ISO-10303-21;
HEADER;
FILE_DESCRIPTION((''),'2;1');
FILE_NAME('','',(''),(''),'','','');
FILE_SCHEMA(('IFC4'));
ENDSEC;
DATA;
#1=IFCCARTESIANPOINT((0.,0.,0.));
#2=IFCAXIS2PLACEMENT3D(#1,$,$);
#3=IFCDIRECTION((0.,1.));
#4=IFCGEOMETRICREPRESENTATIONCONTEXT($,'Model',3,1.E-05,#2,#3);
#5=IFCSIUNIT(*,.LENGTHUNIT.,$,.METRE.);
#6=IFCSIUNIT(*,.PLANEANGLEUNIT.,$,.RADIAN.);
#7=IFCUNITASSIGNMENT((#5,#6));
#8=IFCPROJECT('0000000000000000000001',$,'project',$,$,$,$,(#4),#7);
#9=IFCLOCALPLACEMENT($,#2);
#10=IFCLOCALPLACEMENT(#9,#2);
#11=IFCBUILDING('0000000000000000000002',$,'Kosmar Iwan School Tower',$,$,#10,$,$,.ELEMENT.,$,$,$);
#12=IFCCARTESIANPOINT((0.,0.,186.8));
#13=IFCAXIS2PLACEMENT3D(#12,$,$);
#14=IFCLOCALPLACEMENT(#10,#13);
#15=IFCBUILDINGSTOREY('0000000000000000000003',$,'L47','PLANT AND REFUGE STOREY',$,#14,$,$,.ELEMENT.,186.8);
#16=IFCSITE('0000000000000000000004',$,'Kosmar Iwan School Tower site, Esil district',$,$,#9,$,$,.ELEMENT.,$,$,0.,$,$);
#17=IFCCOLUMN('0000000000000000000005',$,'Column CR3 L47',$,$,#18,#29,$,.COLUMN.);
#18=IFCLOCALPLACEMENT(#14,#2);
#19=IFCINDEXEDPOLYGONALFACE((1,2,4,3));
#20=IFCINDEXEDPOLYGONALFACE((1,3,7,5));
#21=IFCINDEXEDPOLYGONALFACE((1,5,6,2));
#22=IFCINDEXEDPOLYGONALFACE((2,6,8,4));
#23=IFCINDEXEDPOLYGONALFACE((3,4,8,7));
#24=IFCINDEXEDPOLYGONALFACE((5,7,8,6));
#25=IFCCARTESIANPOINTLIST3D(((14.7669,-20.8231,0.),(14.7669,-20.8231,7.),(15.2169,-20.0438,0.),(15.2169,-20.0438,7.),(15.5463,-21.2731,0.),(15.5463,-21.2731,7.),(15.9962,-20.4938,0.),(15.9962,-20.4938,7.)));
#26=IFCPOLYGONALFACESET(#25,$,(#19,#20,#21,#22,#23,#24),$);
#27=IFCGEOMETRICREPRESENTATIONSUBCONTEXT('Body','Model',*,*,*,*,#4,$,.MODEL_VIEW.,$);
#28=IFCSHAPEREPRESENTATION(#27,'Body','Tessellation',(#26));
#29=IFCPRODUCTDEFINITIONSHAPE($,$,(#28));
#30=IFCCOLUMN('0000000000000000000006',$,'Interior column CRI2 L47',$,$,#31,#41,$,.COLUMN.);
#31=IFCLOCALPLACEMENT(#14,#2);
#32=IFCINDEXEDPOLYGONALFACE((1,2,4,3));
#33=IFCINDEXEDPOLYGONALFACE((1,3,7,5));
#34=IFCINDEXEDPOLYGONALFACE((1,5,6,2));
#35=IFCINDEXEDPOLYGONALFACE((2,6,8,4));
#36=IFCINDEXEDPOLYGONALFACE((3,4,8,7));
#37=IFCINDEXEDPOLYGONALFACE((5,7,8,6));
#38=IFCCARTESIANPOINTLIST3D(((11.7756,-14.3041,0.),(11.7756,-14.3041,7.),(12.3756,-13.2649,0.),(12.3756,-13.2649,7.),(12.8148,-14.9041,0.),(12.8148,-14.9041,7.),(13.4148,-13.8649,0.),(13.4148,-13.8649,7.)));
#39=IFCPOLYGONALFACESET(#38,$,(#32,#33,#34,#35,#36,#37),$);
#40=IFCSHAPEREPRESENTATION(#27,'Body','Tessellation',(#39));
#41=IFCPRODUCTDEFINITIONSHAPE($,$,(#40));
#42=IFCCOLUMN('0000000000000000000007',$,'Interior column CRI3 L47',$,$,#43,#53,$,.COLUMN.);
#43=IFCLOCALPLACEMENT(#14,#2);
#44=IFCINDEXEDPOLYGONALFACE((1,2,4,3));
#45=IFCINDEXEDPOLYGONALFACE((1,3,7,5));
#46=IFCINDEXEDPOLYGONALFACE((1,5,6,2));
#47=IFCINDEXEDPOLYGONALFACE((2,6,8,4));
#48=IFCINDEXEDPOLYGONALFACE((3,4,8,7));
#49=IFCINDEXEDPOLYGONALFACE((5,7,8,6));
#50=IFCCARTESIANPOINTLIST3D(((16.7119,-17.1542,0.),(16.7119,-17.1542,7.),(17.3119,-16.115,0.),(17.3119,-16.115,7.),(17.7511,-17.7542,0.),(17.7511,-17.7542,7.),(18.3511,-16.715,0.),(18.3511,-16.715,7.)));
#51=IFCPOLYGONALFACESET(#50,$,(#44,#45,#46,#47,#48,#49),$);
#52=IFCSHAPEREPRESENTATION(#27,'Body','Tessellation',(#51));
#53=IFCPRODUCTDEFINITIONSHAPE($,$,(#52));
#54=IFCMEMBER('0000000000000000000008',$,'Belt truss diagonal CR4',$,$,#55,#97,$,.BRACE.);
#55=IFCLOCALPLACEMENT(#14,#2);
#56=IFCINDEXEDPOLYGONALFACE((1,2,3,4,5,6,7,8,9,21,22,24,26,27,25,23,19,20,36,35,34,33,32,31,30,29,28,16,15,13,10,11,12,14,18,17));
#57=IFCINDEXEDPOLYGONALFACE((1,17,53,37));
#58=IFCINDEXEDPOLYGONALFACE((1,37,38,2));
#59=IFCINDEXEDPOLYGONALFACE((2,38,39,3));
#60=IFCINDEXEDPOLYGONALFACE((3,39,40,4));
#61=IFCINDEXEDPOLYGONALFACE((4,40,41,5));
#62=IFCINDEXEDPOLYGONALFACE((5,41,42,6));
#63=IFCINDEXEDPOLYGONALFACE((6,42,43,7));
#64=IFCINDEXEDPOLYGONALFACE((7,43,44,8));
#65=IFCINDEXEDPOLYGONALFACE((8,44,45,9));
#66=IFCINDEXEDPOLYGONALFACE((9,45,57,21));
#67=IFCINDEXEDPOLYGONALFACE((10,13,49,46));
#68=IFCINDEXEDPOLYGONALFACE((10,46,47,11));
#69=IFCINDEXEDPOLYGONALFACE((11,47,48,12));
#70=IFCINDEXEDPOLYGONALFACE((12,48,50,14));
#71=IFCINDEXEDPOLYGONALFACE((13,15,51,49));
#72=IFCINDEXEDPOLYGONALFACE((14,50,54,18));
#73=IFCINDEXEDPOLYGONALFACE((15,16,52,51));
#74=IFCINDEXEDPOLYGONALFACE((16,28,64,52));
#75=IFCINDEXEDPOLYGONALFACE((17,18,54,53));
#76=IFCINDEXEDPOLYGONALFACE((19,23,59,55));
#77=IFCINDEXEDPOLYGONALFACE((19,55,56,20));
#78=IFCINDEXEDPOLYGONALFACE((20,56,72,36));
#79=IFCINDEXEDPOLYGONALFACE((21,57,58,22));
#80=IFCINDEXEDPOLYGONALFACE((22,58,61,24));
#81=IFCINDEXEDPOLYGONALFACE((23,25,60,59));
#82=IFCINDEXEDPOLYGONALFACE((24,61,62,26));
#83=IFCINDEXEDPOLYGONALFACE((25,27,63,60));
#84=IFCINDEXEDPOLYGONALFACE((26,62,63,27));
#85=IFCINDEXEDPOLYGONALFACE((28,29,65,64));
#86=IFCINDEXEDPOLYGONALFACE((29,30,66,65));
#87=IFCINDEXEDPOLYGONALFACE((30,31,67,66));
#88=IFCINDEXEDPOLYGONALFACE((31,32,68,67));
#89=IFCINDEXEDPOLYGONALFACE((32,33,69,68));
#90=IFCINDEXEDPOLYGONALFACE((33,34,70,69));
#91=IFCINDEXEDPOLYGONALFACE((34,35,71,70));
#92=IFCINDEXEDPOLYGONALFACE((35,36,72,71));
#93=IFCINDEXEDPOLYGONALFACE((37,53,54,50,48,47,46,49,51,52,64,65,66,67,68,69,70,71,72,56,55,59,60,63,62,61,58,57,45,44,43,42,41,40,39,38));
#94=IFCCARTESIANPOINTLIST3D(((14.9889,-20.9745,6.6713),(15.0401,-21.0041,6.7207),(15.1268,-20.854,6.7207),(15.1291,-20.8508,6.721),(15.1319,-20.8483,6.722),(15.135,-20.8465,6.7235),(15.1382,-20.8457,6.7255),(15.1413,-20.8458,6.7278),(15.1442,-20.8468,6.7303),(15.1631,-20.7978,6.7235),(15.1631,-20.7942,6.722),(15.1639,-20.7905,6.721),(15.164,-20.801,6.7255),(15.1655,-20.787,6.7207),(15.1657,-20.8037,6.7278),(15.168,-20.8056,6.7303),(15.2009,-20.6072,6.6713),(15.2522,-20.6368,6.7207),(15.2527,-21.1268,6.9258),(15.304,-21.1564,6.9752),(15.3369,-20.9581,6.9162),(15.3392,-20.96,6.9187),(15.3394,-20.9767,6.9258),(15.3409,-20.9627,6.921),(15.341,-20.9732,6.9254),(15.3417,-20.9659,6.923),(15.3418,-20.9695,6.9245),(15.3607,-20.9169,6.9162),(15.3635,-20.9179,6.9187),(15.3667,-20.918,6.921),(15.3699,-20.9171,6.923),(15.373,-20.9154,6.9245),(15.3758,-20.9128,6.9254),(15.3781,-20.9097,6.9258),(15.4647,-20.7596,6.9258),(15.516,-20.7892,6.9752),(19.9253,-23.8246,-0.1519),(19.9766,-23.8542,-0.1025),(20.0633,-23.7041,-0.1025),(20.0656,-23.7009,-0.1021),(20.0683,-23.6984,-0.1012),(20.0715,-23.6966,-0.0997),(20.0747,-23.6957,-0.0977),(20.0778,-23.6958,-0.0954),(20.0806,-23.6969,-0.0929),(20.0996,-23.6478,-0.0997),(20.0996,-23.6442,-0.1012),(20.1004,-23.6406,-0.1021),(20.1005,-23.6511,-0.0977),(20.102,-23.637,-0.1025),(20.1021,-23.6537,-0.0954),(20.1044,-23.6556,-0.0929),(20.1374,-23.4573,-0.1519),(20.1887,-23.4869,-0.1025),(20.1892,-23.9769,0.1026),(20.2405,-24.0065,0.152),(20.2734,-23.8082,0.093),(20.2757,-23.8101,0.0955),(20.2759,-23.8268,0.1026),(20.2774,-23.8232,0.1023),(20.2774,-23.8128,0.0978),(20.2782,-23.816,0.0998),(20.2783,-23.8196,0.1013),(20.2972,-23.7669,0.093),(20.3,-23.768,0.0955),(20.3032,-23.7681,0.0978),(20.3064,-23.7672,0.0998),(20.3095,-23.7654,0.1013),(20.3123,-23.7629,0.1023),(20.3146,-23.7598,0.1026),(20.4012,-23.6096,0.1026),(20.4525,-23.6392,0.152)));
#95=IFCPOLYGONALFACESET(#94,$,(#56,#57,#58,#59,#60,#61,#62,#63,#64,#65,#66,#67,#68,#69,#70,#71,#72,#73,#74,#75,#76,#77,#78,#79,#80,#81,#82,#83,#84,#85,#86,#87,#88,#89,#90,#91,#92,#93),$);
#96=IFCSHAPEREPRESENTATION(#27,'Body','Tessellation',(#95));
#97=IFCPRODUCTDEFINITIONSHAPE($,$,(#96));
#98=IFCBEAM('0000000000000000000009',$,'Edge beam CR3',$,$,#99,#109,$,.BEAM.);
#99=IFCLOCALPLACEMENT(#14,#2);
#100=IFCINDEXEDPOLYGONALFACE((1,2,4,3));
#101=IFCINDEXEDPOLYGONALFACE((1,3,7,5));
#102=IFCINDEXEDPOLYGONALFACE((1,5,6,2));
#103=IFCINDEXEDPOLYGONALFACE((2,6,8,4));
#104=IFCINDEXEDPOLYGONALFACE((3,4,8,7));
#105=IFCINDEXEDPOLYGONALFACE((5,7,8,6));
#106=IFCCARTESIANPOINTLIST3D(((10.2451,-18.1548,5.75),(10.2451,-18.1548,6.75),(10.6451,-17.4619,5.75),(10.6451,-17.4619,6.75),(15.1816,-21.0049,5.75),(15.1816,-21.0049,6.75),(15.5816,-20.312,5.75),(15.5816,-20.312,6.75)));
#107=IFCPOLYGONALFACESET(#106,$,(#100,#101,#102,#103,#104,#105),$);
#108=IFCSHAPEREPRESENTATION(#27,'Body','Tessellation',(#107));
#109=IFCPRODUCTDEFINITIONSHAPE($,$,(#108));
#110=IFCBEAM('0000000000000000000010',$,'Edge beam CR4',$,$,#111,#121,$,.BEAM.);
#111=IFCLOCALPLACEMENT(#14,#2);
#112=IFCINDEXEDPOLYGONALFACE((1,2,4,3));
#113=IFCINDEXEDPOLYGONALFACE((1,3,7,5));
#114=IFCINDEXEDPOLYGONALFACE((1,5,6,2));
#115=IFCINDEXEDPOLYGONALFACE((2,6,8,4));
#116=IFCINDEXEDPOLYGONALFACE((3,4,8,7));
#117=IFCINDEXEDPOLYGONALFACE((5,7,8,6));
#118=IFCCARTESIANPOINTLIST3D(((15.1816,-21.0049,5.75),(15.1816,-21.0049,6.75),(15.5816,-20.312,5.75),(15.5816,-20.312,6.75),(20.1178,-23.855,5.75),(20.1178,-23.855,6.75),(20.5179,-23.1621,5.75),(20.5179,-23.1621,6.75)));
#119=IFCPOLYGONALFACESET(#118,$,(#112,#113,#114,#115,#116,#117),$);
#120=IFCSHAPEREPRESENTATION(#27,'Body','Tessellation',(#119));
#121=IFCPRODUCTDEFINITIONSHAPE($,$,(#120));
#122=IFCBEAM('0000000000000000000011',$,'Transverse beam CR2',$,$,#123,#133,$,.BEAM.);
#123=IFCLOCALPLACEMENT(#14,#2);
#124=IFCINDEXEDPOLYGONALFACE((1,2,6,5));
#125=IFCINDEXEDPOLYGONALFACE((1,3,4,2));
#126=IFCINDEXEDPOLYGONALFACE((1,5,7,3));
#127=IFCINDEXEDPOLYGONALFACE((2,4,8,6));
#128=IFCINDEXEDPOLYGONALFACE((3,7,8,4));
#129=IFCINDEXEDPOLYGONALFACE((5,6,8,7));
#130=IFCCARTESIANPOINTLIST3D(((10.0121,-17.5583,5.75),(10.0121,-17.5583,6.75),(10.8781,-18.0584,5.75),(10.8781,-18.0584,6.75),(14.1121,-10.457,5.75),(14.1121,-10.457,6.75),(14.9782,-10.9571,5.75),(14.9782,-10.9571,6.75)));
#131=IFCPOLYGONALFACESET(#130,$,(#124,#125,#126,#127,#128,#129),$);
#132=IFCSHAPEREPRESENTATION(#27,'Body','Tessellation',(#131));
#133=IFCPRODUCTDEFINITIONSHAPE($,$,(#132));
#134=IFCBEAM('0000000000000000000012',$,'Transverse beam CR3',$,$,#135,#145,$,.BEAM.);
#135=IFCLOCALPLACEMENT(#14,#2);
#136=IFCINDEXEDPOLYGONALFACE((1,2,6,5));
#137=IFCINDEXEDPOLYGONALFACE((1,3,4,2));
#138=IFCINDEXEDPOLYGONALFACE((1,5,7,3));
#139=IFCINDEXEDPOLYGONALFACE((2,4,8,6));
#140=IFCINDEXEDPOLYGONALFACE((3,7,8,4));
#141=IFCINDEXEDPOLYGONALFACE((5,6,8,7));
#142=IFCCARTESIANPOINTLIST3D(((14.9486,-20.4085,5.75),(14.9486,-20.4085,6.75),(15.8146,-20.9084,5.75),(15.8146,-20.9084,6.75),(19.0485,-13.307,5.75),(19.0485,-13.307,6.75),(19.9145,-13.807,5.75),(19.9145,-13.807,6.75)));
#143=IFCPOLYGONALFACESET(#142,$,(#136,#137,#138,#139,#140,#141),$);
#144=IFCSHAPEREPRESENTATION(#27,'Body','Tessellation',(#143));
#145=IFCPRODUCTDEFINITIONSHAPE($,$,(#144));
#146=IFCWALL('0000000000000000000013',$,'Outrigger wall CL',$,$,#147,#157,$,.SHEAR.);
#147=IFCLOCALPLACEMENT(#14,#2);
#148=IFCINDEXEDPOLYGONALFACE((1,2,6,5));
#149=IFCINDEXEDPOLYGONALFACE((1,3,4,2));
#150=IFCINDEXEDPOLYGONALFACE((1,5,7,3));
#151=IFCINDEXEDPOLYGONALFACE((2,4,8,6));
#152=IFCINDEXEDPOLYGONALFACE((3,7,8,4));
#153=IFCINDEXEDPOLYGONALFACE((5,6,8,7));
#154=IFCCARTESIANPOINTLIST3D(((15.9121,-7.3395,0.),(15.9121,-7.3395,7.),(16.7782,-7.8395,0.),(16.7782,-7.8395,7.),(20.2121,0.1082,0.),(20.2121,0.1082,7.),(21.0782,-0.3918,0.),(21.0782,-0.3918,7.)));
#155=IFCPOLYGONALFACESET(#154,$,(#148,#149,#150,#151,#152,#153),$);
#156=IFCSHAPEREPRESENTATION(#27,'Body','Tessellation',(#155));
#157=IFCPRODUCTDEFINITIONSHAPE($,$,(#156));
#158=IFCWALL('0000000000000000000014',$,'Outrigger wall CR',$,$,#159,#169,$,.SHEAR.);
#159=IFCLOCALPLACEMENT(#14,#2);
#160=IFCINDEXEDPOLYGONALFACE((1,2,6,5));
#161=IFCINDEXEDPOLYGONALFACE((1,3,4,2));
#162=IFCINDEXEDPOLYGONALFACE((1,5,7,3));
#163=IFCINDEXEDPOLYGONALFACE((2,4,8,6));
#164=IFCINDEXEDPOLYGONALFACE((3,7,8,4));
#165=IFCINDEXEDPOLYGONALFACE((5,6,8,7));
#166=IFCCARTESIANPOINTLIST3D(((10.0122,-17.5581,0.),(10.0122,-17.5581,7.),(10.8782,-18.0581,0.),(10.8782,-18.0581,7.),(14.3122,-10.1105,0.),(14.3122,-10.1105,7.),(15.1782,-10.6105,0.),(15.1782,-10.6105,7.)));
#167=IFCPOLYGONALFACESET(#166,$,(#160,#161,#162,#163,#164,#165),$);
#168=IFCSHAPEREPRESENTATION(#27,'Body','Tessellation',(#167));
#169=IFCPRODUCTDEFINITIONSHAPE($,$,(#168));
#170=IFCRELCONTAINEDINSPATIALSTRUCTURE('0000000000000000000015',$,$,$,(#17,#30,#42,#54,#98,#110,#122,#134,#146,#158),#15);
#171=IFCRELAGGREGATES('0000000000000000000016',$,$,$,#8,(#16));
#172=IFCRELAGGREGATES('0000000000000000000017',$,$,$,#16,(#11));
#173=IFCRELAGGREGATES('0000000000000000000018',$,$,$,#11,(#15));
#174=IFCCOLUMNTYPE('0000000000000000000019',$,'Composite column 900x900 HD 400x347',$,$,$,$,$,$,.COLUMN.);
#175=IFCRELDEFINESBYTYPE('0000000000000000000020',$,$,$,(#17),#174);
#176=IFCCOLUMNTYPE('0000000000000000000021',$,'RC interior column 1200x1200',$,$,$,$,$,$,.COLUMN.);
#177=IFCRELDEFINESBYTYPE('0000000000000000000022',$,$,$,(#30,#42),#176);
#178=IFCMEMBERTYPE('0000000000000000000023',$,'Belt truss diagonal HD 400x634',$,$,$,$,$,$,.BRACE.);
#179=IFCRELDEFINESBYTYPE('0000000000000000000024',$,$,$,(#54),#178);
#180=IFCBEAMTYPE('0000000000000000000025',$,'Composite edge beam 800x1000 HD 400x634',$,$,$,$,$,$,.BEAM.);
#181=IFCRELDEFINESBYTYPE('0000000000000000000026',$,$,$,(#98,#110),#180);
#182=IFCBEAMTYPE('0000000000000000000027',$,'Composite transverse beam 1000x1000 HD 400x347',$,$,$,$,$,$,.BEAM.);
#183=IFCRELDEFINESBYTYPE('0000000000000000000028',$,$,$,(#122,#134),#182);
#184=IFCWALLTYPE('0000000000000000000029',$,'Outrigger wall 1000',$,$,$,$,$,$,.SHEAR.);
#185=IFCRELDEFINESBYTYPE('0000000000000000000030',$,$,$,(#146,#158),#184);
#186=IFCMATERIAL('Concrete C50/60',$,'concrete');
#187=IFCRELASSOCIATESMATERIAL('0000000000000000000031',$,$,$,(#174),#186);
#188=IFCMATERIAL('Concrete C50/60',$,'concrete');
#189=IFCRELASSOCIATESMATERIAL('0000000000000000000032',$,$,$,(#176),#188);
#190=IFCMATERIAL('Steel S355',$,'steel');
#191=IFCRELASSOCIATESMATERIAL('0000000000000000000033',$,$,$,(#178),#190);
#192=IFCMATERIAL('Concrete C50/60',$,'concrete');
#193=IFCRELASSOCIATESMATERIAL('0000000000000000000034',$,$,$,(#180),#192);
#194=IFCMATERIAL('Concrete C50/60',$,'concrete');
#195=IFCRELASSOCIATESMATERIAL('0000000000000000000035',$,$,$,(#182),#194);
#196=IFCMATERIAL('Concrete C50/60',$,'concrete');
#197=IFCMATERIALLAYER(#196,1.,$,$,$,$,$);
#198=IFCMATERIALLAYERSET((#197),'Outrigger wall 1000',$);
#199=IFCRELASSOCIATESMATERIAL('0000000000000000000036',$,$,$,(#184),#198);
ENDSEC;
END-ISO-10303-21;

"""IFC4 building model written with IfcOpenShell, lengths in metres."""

from ifc_helpers import new_model, si_unit, direction, frame, frame_2d, origin, origin_2d, place, context, subcontext, project, spatial, rectangle, i_section, extrude, material, layer, layer_set, material_profile, profile_set, type_object, element, save


model = new_model("IFC4")

# Units and contexts
model_context = context("Model", 3, precision=1e-05, world=origin(), true_north=direction((0.0, 1.0)))
body_context = subcontext(model_context, "Body", "Model", "MODEL_VIEW")
ifc_project = project(units=[si_unit("LENGTHUNIT", "METRE"), si_unit("PLANEANGLEUNIT", "RADIAN")], contexts=[model_context])

# Site, building, storey
site_placement = place(None, origin())
site = spatial("IfcSite", under=ifc_project, at=site_placement, Name="Kosmar Iwan School Tower site, Esil district", CompositionType="ELEMENT", RefElevation=0.0)
building_placement = place(site_placement, origin())
building = spatial("IfcBuilding", under=site, at=building_placement, Name="Kosmar Iwan School Tower", CompositionType="ELEMENT")
storey_placement = place(building_placement, frame((0.0, 0.0, 186.8)))
storey = spatial("IfcBuildingStorey", under=building, at=storey_placement, Name="L47", Description="PLANT AND REFUGE STOREY", CompositionType="ELEMENT", Elevation=186.8)

# Columns
ifc_material_1 = material(Name="Concrete C50/60", Category="concrete")
ifc_material_profile_1 = material_profile(ifc_material_1, rectangle(XDim=0.8999, YDim=0.8999, at=origin_2d()), Name="RC 900x900 + HD 400x347")
ifc_profile_set_1 = profile_set([ifc_material_profile_1], Name="Concrete C50/60")
column_type_1 = type_object("IfcColumnType", Name="Composite column 900x900 HD 400x347", PredefinedType="COLUMN", material=ifc_profile_set_1)
column_placement = place(storey_placement, frame((15.3816, -20.6584, 0.0), z_axis=(0.0, 0.0, 1.0), x_axis=(0.866025, -0.5, 0.0)))
element("IfcColumn", 1, at=column_placement, inside=storey, type_object=column_type_1, Name="Column CR3 L47", PredefinedType="COLUMN", context=body_context, shape_type="SweptSolid", body=[
    extrude(rectangle(XDim=0.8999, YDim=0.8999, at=origin_2d()), origin(), (0.0, 0.0, 1.0), 7.0),
])
ifc_material_2 = material(Name="Concrete C50/60", Category="concrete")
ifc_material_profile_2 = material_profile(ifc_material_2, rectangle(XDim=1.2, YDim=1.2, at=origin_2d()), Name="RC 1200x1200")
ifc_profile_set_2 = profile_set([ifc_material_profile_2], Name="Concrete C50/60")
column_type_2 = type_object("IfcColumnType", Name="RC interior column 1200x1200", PredefinedType="COLUMN", material=ifc_profile_set_2)
for number, where, z_axis, x_axis, name in (
    (2, (12.5952, -14.0845, 0.0), (0.0, 0.0, 1.0), (0.866025, -0.5, 0.0), "Interior column CRI2 L47"),
    (3, (17.5315, -16.9346, 0.0), (0.0, 0.0, 1.0), (0.866025, -0.5, 0.0), "Interior column CRI3 L47"),
):
    element("IfcColumn", number, at=place(storey_placement, frame(where, z_axis=z_axis, x_axis=x_axis)), inside=storey, type_object=column_type_2, Name=name, PredefinedType="COLUMN", context=body_context, shape_type="SweptSolid", body=[
        extrude(rectangle(XDim=1.2, YDim=1.2, at=origin_2d()), origin(), (0.0, 0.0, 1.0), 7.0),
    ])

# Member
ifc_material_3 = material(Name="Steel S355", Category="steel")
ifc_material_profile_3 = material_profile(ifc_material_3, i_section(OverallWidth=0.4241, OverallDepth=0.4741, WebThickness=0.0476, FlangeThickness=0.0771, FilletRadius=0.0149, at=origin_2d()), Name="HD 400x634")
ifc_profile_set_3 = profile_set([ifc_material_profile_3], Name="Steel S355")
member_type = type_object("IfcMemberType", Name="Belt truss diagonal HD 400x634", PredefinedType="BRACE", material=ifc_profile_set_3)
member_placement = place(storey_placement, frame((15.2524, -20.8818, 6.8232), z_axis=(0.55523, -0.320562, -0.767437), x_axis=(0.499999, 0.866026, 0.0)))
element("IfcMember", 4, at=member_placement, inside=storey, type_object=member_type, Name="Belt truss diagonal CR4", PredefinedType="BRACE", context=body_context, shape_type="SweptSolid", body=[
    extrude(i_section(OverallWidth=0.4241, OverallDepth=0.4741, WebThickness=0.0476, FlangeThickness=0.0771, FilletRadius=0.0149, at=origin_2d()), origin(), (0.0, 0.0, 1.0), 8.8909),
])

# Beams
ifc_material_4 = material(Name="Concrete C50/60", Category="concrete")
ifc_material_profile_4 = material_profile(ifc_material_4, rectangle(XDim=0.8, YDim=1.0, at=origin_2d()), Name="RC 800x1000 + HD 400x634")
ifc_profile_set_4 = profile_set([ifc_material_profile_4], Name="Concrete C50/60")
beam_type_1 = type_object("IfcBeamType", Name="Composite edge beam 800x1000 HD 400x634", PredefinedType="BEAM", material=ifc_profile_set_4)
beam_1_placement = place(storey_placement, frame((10.4451, -17.8083, 6.25), z_axis=(0.866026, -0.499999, 0.0), x_axis=(0.499999, 0.866026, 0.0)))
element("IfcBeam", 5, at=beam_1_placement, inside=storey, type_object=beam_type_1, Name="Edge beam CR3", PredefinedType="BEAM", context=body_context, shape_type="SweptSolid", body=[
    extrude(rectangle(XDim=0.8, YDim=1.0, at=origin_2d()), origin(), (0.0, 0.0, 1.0), 5.7002),
])
beam_2_placement = place(storey_placement, frame((15.3816, -20.6584, 6.25), z_axis=(0.866015, -0.500018, 0.0), x_axis=(0.500018, 0.866015, 0.0)))
element("IfcBeam", 6, at=beam_2_placement, inside=storey, type_object=beam_type_1, Name="Edge beam CR4", PredefinedType="BEAM", context=body_context, shape_type="SweptSolid", body=[
    extrude(rectangle(XDim=0.8, YDim=1.0, at=origin_2d()), origin(), (0.0, 0.0, 1.0), 5.7),
])
ifc_material_5 = material(Name="Concrete C50/60", Category="concrete")
ifc_material_profile_5 = material_profile(ifc_material_5, rectangle(XDim=1.0, YDim=1.0, at=origin_2d()), Name="RC 1000x1000 + HD 400x347")
ifc_profile_set_5 = profile_set([ifc_material_profile_5], Name="Concrete C50/60")
beam_type_2 = type_object("IfcBeamType", Name="Composite transverse beam 1000x1000 HD 400x347", PredefinedType="BEAM", material=ifc_profile_set_5)
for number, where, z_axis, x_axis, name in (
    (7, (10.4451, -17.8083, 6.25), (0.500014, 0.866018, 0.0), (-0.866018, 0.500014, 0.0), "Transverse beam CR2"),
    (8, (15.3816, -20.6584, 6.25), (0.499991, 0.86603, 0.0), (-0.86603, 0.499991, 0.0), "Transverse beam CR3"),
):
    element("IfcBeam", number, at=place(storey_placement, frame(where, z_axis=z_axis, x_axis=x_axis)), inside=storey, type_object=beam_type_2, Name=name, PredefinedType="BEAM", context=body_context, shape_type="SweptSolid", body=[
        extrude(rectangle(XDim=1.0, YDim=1.0, at=origin_2d()), origin(), (0.0, 0.0, 1.0), 8.2),
    ])

# Walls
ifc_material_6 = material(Name="Concrete C50/60", Category="concrete")
ifc_layer_1 = layer(ifc_material_6, 1.0)
ifc_layer_set_1 = layer_set([ifc_layer_1], Name="Outrigger wall 1000")
wall_type_1 = type_object("IfcWallType", Name="Outrigger wall 1000", PredefinedType="SHEAR", material=ifc_layer_set_1)
for number, where, z_axis, x_axis, name in (
    (9, (16.3452, -7.5894, 0.0), (0.0, 0.0, 1.0), (0.500008, 0.866021, 0.0), "Outrigger wall CL"),
    (10, (14.7451, -10.3606, 0.0), (0.0, 0.0, 1.0), (-0.500008, -0.866021, 0.0), "Outrigger wall CR"),
):
    element("IfcWall", number, at=place(storey_placement, frame(where, z_axis=z_axis, x_axis=x_axis)), inside=storey, type_object=wall_type_1, Name=name, PredefinedType="SHEAR", context=body_context, shape_type="SweptSolid", body=[
        extrude(rectangle(XDim=8.5999, YDim=1.0, at=frame_2d((4.2998, 0.0))), origin(), (0.0, 0.0, 1.0), 7.0),
    ])

save(model, "model.ifc")
